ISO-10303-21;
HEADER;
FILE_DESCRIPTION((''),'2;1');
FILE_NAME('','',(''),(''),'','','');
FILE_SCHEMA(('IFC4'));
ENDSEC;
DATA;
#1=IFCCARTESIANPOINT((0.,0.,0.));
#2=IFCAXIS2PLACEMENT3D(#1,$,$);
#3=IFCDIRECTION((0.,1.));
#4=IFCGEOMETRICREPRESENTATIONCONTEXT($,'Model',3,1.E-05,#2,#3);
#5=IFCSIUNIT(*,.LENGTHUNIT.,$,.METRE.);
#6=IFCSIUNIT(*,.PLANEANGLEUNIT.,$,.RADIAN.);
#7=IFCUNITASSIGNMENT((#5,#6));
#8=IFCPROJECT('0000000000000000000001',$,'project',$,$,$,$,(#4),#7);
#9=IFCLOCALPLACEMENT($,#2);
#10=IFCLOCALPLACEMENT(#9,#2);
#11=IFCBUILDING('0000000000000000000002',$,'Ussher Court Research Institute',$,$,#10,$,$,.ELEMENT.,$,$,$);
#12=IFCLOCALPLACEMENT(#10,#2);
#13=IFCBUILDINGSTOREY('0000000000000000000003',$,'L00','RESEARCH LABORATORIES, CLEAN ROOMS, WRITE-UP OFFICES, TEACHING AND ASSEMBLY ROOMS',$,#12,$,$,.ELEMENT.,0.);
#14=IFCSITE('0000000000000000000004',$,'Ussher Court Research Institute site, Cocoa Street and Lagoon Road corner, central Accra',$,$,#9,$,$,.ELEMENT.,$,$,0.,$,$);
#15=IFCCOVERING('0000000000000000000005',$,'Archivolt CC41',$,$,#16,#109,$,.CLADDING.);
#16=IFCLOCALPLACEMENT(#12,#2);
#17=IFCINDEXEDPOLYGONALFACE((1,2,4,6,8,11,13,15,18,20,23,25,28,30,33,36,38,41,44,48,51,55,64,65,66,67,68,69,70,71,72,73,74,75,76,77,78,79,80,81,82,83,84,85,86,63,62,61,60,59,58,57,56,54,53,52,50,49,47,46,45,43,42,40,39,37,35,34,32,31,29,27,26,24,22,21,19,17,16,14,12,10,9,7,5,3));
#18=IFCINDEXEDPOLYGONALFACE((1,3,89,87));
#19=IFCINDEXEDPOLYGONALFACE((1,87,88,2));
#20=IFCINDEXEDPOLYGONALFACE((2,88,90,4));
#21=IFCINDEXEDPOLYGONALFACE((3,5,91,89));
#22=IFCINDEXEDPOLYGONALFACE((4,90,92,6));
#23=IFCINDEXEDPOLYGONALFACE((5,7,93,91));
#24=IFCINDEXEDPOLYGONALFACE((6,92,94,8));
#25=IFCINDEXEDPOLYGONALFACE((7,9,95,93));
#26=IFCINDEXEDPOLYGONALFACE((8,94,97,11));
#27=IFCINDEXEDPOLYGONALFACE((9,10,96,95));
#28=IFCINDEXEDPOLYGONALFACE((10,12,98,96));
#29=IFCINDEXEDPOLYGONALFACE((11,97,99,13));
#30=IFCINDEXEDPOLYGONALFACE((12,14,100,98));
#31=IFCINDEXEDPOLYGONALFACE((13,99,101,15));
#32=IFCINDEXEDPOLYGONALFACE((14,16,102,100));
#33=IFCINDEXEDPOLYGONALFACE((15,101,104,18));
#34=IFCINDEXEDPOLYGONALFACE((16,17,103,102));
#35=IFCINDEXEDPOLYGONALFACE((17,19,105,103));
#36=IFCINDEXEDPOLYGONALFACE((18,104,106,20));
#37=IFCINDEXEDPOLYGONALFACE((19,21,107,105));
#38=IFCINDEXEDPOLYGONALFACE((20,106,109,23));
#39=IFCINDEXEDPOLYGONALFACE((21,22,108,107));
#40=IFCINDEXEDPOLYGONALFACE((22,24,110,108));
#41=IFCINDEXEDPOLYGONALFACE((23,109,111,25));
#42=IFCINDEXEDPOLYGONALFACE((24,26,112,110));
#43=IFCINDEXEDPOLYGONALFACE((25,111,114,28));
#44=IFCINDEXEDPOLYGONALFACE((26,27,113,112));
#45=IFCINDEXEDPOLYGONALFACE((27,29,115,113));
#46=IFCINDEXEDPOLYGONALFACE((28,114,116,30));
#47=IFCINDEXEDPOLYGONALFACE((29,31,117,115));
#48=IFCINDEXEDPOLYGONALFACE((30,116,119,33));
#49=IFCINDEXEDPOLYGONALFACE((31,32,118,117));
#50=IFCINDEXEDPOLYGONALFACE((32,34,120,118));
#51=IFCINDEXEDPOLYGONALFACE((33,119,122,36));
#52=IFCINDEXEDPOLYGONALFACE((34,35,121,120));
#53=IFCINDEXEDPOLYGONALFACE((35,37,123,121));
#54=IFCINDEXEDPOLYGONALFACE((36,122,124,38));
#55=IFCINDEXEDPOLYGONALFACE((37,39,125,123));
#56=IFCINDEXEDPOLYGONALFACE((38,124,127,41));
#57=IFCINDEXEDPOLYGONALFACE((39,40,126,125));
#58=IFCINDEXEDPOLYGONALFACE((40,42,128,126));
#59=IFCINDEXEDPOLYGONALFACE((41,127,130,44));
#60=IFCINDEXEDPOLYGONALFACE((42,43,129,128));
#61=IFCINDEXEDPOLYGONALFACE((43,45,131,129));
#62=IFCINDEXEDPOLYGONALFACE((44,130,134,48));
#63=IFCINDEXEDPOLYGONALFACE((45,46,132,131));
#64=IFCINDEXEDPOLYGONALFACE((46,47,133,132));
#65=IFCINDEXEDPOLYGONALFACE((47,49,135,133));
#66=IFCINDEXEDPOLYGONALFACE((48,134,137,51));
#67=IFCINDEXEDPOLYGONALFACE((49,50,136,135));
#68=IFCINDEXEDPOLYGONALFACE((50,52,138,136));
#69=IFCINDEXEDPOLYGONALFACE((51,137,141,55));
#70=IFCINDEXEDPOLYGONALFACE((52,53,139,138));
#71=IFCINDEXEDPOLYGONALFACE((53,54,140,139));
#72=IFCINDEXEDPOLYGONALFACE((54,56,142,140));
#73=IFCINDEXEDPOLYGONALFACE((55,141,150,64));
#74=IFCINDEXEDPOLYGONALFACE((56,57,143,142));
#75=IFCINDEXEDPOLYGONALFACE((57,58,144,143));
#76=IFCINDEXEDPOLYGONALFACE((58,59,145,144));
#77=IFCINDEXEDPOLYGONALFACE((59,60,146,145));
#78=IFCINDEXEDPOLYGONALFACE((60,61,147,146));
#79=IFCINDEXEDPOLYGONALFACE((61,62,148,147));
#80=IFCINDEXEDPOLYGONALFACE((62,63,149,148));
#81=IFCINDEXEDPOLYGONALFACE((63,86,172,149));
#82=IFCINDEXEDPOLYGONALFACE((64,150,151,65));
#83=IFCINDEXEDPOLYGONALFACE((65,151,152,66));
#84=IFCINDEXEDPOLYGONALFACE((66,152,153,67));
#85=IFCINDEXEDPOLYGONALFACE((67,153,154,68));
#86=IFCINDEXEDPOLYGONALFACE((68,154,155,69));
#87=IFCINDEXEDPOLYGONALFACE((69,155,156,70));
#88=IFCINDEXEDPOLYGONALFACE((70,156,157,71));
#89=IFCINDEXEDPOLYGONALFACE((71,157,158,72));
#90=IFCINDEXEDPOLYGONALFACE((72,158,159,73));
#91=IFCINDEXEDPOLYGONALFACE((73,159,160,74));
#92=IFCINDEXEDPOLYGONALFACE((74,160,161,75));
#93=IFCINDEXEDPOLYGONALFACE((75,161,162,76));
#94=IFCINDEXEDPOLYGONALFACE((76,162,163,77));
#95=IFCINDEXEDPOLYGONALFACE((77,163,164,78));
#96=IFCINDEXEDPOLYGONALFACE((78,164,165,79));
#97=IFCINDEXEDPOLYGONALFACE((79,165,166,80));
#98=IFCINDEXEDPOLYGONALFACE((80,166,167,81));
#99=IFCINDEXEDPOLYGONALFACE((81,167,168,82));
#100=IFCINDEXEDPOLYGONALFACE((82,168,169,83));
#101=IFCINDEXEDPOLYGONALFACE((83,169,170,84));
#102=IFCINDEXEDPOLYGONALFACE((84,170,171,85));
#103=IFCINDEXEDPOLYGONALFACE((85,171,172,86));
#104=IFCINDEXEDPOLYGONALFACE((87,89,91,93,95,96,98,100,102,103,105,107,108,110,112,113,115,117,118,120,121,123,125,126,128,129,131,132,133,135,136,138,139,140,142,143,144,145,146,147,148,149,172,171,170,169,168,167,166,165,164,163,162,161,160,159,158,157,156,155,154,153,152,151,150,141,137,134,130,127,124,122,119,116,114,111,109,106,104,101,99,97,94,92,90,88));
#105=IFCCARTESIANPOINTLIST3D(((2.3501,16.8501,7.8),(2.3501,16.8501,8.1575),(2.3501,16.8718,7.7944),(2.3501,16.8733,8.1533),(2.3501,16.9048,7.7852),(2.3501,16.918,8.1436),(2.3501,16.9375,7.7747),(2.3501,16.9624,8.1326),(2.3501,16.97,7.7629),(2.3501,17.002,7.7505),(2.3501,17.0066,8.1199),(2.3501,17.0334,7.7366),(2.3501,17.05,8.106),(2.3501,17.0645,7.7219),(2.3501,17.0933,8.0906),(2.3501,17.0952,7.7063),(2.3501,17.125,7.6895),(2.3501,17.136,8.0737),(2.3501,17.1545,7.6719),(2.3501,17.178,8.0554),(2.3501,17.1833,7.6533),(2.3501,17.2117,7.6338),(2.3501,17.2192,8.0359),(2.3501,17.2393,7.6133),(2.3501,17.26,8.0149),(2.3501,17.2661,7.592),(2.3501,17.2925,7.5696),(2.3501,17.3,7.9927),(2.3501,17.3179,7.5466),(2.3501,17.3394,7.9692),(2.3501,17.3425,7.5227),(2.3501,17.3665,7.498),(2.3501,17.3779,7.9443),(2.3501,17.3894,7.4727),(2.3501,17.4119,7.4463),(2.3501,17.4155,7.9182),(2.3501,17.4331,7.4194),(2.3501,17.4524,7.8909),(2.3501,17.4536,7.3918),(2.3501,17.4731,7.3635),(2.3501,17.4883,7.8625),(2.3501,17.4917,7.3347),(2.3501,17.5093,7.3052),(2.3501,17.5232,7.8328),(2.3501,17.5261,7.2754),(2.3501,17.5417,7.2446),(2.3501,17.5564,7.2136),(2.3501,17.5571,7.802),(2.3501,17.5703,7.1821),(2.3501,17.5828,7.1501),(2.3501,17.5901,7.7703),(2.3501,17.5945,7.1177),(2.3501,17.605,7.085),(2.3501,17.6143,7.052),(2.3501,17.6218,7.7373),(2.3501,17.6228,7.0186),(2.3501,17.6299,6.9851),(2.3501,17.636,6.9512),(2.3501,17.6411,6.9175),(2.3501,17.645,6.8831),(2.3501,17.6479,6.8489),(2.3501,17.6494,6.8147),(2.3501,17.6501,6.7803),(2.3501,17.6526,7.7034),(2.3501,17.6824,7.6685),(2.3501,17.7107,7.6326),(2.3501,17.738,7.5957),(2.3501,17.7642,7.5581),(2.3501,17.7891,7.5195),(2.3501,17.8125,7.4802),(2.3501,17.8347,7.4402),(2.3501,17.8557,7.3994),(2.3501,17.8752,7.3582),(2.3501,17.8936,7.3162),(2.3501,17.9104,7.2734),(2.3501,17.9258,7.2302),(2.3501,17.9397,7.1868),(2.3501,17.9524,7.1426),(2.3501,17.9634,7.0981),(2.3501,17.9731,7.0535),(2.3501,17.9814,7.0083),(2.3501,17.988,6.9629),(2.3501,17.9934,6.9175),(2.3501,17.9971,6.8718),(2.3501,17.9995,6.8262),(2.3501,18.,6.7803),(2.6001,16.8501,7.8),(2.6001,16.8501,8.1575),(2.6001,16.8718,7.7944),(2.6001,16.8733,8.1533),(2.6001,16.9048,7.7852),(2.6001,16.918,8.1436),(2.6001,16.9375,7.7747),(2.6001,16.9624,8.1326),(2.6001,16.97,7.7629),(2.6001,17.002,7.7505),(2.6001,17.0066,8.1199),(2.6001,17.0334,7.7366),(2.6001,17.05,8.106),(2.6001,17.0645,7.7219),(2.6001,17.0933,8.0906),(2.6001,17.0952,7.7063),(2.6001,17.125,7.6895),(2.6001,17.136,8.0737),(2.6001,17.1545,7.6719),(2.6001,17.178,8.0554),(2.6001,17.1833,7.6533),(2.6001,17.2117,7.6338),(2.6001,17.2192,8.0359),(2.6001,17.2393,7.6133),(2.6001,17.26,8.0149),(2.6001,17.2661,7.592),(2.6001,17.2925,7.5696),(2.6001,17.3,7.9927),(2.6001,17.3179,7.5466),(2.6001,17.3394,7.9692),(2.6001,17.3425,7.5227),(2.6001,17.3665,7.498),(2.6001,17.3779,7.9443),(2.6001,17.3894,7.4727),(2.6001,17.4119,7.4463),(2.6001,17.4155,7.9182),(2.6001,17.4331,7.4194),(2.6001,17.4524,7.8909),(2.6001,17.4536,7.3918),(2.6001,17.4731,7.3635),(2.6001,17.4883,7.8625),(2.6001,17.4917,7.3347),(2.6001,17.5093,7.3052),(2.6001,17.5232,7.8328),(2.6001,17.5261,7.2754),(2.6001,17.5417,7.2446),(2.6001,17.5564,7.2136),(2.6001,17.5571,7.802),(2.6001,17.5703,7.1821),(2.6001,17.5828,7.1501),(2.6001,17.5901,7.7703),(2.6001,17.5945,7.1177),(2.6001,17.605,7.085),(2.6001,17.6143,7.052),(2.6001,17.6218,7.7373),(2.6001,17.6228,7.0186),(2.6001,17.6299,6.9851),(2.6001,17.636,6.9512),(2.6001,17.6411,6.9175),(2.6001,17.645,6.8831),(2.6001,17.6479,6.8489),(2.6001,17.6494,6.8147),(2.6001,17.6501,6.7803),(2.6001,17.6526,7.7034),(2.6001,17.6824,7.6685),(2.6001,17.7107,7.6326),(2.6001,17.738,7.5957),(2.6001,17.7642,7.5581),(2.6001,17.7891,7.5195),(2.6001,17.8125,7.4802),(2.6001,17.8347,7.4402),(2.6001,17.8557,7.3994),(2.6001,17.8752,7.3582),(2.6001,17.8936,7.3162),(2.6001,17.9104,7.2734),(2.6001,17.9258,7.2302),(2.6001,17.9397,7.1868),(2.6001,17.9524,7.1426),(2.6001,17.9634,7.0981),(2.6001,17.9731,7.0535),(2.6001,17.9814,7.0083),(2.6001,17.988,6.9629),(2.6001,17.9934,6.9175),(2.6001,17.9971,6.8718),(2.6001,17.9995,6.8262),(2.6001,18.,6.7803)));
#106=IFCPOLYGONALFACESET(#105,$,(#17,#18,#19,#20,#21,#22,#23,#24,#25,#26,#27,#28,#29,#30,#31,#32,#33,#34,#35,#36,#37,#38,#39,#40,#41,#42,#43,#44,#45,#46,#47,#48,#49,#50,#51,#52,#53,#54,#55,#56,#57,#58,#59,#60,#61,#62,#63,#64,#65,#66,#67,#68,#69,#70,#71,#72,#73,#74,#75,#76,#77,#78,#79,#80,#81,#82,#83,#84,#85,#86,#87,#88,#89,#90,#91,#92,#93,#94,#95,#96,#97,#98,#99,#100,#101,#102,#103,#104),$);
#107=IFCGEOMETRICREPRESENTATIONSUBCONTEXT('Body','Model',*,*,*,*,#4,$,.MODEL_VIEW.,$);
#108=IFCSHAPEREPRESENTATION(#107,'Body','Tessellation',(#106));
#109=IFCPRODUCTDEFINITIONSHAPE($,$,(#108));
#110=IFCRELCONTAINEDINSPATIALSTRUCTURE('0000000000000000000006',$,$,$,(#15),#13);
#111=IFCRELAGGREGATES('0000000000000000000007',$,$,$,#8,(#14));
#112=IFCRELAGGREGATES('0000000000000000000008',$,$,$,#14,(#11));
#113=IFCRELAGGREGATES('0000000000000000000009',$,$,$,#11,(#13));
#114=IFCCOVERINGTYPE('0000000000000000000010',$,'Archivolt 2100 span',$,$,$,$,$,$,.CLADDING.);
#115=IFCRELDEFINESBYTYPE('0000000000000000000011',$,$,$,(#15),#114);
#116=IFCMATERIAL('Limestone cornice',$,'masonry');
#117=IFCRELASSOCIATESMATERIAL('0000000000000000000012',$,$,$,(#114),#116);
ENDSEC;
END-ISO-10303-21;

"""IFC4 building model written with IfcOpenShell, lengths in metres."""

from ifc_helpers import new_model, si_unit, direction, frame, origin, place, context, subcontext, project, spatial, polyline, outline, extrude, material, type_object, element, save


model = new_model("IFC4")

# Units and contexts
model_context = context("Model", 3, precision=1e-05, world=origin(), true_north=direction((0.0, 1.0)))
body_context = subcontext(model_context, "Body", "Model", "MODEL_VIEW")
ifc_project = project(units=[si_unit("LENGTHUNIT", "METRE"), si_unit("PLANEANGLEUNIT", "RADIAN")], contexts=[model_context])

# Site, building, storey
site_placement = place(None, origin())
site = spatial("IfcSite", under=ifc_project, at=site_placement, Name="Ussher Court Research Institute site, Cocoa Street and Lagoon Road corner, central Accra", CompositionType="ELEMENT", RefElevation=0.0)
building_placement = place(site_placement, origin())
building = spatial("IfcBuilding", under=site, at=building_placement, Name="Ussher Court Research Institute", CompositionType="ELEMENT")
storey_placement = place(building_placement, origin())
storey = spatial("IfcBuildingStorey", under=building, at=storey_placement, Name="L00", Description="RESEARCH LABORATORIES, CLEAN ROOMS, WRITE-UP OFFICES, TEACHING AND ASSEMBLY ROOMS", CompositionType="ELEMENT", Elevation=0.0)

# Covering
ifc_material_1 = material(Name="Limestone cornice", Category="masonry")
covering_type_1 = type_object("IfcCoveringType", Name="Archivolt 2100 span", PredefinedType="CLADDING", material=ifc_material_1)
covering_1_placement = place(storey_placement, frame((2.3501, 16.6001, 6.7803), z_axis=(1.0, 0.0, 0.0), x_axis=(0.0, 1.0, 0.0)))
element("IfcCovering", 1, at=covering_1_placement, inside=storey, type_object=covering_type_1, Name="Archivolt CC41", PredefinedType="CLADDING", context=body_context, shape_type="SweptSolid", body=[
    extrude(outline(polyline([(0.2732, 1.373), (0.25, 1.3772), (0.25, 1.0198), (0.2717, 1.0142), (0.3047, 1.0049), (0.3374, 0.9944), (0.3699, 0.9827), (0.4019, 0.9702), (0.4333, 0.9563), (0.4644, 0.9417), (0.4951, 0.926), (0.5249, 0.9092), (0.5544, 0.8916), (0.5833, 0.873), (0.6116, 0.8535), (0.6392, 0.833), (0.666, 0.8118), (0.6924, 0.7893), (0.7178, 0.7664), (0.7424, 0.7424), (0.7664, 0.7178), (0.7893, 0.6924), (0.8118, 0.666), (0.833, 0.6392), (0.8535, 0.6116), (0.873, 0.5833), (0.8916, 0.5544), (0.9092, 0.5249), (0.926, 0.4951), (0.9417, 0.4644), (0.9563, 0.4333), (0.9702, 0.4019), (0.9827, 0.3699), (0.9944, 0.3374), (1.0049, 0.3047), (1.0142, 0.2717), (1.0227, 0.2383), (1.0298, 0.2048), (1.0359, 0.1709), (1.041, 0.1372), (1.0449, 0.1028), (1.0479, 0.0686), (1.0493, 0.0344), (1.05, 0.0), (1.3999, 0.0), (1.3994, 0.0459), (1.397, 0.0916), (1.3933, 0.1372), (1.3879, 0.1826), (1.3813, 0.228), (1.373, 0.2732), (1.3633, 0.3179), (1.3523, 0.3623), (1.3396, 0.4065), (1.3257, 0.45), (1.3103, 0.4932), (1.2935, 0.5359), (1.2751, 0.5779), (1.2556, 0.6191), (1.2346, 0.6599), (1.2124, 0.7), (1.189, 0.7393), (1.1641, 0.7778), (1.1379, 0.8154), (1.1106, 0.8523), (1.0823, 0.8882), (1.0525, 0.9231), (1.0217, 0.957), (0.99, 0.99), (0.957, 1.0217), (0.9231, 1.0525), (0.8882, 1.0823), (0.8523, 1.1106), (0.8154, 1.1379), (0.7778, 1.1641), (0.7393, 1.189), (0.7, 1.2124), (0.6599, 1.2346), (0.6191, 1.2556), (0.5779, 1.2751), (0.5359, 1.2935), (0.4932, 1.3103), (0.45, 1.3257), (0.4065, 1.3396), (0.3623, 1.3523), (0.3179, 1.3633), (0.2732, 1.373)])), origin(), (0.0, 0.0, 1.0), 0.25),
])

save(model, "model.ifc")
